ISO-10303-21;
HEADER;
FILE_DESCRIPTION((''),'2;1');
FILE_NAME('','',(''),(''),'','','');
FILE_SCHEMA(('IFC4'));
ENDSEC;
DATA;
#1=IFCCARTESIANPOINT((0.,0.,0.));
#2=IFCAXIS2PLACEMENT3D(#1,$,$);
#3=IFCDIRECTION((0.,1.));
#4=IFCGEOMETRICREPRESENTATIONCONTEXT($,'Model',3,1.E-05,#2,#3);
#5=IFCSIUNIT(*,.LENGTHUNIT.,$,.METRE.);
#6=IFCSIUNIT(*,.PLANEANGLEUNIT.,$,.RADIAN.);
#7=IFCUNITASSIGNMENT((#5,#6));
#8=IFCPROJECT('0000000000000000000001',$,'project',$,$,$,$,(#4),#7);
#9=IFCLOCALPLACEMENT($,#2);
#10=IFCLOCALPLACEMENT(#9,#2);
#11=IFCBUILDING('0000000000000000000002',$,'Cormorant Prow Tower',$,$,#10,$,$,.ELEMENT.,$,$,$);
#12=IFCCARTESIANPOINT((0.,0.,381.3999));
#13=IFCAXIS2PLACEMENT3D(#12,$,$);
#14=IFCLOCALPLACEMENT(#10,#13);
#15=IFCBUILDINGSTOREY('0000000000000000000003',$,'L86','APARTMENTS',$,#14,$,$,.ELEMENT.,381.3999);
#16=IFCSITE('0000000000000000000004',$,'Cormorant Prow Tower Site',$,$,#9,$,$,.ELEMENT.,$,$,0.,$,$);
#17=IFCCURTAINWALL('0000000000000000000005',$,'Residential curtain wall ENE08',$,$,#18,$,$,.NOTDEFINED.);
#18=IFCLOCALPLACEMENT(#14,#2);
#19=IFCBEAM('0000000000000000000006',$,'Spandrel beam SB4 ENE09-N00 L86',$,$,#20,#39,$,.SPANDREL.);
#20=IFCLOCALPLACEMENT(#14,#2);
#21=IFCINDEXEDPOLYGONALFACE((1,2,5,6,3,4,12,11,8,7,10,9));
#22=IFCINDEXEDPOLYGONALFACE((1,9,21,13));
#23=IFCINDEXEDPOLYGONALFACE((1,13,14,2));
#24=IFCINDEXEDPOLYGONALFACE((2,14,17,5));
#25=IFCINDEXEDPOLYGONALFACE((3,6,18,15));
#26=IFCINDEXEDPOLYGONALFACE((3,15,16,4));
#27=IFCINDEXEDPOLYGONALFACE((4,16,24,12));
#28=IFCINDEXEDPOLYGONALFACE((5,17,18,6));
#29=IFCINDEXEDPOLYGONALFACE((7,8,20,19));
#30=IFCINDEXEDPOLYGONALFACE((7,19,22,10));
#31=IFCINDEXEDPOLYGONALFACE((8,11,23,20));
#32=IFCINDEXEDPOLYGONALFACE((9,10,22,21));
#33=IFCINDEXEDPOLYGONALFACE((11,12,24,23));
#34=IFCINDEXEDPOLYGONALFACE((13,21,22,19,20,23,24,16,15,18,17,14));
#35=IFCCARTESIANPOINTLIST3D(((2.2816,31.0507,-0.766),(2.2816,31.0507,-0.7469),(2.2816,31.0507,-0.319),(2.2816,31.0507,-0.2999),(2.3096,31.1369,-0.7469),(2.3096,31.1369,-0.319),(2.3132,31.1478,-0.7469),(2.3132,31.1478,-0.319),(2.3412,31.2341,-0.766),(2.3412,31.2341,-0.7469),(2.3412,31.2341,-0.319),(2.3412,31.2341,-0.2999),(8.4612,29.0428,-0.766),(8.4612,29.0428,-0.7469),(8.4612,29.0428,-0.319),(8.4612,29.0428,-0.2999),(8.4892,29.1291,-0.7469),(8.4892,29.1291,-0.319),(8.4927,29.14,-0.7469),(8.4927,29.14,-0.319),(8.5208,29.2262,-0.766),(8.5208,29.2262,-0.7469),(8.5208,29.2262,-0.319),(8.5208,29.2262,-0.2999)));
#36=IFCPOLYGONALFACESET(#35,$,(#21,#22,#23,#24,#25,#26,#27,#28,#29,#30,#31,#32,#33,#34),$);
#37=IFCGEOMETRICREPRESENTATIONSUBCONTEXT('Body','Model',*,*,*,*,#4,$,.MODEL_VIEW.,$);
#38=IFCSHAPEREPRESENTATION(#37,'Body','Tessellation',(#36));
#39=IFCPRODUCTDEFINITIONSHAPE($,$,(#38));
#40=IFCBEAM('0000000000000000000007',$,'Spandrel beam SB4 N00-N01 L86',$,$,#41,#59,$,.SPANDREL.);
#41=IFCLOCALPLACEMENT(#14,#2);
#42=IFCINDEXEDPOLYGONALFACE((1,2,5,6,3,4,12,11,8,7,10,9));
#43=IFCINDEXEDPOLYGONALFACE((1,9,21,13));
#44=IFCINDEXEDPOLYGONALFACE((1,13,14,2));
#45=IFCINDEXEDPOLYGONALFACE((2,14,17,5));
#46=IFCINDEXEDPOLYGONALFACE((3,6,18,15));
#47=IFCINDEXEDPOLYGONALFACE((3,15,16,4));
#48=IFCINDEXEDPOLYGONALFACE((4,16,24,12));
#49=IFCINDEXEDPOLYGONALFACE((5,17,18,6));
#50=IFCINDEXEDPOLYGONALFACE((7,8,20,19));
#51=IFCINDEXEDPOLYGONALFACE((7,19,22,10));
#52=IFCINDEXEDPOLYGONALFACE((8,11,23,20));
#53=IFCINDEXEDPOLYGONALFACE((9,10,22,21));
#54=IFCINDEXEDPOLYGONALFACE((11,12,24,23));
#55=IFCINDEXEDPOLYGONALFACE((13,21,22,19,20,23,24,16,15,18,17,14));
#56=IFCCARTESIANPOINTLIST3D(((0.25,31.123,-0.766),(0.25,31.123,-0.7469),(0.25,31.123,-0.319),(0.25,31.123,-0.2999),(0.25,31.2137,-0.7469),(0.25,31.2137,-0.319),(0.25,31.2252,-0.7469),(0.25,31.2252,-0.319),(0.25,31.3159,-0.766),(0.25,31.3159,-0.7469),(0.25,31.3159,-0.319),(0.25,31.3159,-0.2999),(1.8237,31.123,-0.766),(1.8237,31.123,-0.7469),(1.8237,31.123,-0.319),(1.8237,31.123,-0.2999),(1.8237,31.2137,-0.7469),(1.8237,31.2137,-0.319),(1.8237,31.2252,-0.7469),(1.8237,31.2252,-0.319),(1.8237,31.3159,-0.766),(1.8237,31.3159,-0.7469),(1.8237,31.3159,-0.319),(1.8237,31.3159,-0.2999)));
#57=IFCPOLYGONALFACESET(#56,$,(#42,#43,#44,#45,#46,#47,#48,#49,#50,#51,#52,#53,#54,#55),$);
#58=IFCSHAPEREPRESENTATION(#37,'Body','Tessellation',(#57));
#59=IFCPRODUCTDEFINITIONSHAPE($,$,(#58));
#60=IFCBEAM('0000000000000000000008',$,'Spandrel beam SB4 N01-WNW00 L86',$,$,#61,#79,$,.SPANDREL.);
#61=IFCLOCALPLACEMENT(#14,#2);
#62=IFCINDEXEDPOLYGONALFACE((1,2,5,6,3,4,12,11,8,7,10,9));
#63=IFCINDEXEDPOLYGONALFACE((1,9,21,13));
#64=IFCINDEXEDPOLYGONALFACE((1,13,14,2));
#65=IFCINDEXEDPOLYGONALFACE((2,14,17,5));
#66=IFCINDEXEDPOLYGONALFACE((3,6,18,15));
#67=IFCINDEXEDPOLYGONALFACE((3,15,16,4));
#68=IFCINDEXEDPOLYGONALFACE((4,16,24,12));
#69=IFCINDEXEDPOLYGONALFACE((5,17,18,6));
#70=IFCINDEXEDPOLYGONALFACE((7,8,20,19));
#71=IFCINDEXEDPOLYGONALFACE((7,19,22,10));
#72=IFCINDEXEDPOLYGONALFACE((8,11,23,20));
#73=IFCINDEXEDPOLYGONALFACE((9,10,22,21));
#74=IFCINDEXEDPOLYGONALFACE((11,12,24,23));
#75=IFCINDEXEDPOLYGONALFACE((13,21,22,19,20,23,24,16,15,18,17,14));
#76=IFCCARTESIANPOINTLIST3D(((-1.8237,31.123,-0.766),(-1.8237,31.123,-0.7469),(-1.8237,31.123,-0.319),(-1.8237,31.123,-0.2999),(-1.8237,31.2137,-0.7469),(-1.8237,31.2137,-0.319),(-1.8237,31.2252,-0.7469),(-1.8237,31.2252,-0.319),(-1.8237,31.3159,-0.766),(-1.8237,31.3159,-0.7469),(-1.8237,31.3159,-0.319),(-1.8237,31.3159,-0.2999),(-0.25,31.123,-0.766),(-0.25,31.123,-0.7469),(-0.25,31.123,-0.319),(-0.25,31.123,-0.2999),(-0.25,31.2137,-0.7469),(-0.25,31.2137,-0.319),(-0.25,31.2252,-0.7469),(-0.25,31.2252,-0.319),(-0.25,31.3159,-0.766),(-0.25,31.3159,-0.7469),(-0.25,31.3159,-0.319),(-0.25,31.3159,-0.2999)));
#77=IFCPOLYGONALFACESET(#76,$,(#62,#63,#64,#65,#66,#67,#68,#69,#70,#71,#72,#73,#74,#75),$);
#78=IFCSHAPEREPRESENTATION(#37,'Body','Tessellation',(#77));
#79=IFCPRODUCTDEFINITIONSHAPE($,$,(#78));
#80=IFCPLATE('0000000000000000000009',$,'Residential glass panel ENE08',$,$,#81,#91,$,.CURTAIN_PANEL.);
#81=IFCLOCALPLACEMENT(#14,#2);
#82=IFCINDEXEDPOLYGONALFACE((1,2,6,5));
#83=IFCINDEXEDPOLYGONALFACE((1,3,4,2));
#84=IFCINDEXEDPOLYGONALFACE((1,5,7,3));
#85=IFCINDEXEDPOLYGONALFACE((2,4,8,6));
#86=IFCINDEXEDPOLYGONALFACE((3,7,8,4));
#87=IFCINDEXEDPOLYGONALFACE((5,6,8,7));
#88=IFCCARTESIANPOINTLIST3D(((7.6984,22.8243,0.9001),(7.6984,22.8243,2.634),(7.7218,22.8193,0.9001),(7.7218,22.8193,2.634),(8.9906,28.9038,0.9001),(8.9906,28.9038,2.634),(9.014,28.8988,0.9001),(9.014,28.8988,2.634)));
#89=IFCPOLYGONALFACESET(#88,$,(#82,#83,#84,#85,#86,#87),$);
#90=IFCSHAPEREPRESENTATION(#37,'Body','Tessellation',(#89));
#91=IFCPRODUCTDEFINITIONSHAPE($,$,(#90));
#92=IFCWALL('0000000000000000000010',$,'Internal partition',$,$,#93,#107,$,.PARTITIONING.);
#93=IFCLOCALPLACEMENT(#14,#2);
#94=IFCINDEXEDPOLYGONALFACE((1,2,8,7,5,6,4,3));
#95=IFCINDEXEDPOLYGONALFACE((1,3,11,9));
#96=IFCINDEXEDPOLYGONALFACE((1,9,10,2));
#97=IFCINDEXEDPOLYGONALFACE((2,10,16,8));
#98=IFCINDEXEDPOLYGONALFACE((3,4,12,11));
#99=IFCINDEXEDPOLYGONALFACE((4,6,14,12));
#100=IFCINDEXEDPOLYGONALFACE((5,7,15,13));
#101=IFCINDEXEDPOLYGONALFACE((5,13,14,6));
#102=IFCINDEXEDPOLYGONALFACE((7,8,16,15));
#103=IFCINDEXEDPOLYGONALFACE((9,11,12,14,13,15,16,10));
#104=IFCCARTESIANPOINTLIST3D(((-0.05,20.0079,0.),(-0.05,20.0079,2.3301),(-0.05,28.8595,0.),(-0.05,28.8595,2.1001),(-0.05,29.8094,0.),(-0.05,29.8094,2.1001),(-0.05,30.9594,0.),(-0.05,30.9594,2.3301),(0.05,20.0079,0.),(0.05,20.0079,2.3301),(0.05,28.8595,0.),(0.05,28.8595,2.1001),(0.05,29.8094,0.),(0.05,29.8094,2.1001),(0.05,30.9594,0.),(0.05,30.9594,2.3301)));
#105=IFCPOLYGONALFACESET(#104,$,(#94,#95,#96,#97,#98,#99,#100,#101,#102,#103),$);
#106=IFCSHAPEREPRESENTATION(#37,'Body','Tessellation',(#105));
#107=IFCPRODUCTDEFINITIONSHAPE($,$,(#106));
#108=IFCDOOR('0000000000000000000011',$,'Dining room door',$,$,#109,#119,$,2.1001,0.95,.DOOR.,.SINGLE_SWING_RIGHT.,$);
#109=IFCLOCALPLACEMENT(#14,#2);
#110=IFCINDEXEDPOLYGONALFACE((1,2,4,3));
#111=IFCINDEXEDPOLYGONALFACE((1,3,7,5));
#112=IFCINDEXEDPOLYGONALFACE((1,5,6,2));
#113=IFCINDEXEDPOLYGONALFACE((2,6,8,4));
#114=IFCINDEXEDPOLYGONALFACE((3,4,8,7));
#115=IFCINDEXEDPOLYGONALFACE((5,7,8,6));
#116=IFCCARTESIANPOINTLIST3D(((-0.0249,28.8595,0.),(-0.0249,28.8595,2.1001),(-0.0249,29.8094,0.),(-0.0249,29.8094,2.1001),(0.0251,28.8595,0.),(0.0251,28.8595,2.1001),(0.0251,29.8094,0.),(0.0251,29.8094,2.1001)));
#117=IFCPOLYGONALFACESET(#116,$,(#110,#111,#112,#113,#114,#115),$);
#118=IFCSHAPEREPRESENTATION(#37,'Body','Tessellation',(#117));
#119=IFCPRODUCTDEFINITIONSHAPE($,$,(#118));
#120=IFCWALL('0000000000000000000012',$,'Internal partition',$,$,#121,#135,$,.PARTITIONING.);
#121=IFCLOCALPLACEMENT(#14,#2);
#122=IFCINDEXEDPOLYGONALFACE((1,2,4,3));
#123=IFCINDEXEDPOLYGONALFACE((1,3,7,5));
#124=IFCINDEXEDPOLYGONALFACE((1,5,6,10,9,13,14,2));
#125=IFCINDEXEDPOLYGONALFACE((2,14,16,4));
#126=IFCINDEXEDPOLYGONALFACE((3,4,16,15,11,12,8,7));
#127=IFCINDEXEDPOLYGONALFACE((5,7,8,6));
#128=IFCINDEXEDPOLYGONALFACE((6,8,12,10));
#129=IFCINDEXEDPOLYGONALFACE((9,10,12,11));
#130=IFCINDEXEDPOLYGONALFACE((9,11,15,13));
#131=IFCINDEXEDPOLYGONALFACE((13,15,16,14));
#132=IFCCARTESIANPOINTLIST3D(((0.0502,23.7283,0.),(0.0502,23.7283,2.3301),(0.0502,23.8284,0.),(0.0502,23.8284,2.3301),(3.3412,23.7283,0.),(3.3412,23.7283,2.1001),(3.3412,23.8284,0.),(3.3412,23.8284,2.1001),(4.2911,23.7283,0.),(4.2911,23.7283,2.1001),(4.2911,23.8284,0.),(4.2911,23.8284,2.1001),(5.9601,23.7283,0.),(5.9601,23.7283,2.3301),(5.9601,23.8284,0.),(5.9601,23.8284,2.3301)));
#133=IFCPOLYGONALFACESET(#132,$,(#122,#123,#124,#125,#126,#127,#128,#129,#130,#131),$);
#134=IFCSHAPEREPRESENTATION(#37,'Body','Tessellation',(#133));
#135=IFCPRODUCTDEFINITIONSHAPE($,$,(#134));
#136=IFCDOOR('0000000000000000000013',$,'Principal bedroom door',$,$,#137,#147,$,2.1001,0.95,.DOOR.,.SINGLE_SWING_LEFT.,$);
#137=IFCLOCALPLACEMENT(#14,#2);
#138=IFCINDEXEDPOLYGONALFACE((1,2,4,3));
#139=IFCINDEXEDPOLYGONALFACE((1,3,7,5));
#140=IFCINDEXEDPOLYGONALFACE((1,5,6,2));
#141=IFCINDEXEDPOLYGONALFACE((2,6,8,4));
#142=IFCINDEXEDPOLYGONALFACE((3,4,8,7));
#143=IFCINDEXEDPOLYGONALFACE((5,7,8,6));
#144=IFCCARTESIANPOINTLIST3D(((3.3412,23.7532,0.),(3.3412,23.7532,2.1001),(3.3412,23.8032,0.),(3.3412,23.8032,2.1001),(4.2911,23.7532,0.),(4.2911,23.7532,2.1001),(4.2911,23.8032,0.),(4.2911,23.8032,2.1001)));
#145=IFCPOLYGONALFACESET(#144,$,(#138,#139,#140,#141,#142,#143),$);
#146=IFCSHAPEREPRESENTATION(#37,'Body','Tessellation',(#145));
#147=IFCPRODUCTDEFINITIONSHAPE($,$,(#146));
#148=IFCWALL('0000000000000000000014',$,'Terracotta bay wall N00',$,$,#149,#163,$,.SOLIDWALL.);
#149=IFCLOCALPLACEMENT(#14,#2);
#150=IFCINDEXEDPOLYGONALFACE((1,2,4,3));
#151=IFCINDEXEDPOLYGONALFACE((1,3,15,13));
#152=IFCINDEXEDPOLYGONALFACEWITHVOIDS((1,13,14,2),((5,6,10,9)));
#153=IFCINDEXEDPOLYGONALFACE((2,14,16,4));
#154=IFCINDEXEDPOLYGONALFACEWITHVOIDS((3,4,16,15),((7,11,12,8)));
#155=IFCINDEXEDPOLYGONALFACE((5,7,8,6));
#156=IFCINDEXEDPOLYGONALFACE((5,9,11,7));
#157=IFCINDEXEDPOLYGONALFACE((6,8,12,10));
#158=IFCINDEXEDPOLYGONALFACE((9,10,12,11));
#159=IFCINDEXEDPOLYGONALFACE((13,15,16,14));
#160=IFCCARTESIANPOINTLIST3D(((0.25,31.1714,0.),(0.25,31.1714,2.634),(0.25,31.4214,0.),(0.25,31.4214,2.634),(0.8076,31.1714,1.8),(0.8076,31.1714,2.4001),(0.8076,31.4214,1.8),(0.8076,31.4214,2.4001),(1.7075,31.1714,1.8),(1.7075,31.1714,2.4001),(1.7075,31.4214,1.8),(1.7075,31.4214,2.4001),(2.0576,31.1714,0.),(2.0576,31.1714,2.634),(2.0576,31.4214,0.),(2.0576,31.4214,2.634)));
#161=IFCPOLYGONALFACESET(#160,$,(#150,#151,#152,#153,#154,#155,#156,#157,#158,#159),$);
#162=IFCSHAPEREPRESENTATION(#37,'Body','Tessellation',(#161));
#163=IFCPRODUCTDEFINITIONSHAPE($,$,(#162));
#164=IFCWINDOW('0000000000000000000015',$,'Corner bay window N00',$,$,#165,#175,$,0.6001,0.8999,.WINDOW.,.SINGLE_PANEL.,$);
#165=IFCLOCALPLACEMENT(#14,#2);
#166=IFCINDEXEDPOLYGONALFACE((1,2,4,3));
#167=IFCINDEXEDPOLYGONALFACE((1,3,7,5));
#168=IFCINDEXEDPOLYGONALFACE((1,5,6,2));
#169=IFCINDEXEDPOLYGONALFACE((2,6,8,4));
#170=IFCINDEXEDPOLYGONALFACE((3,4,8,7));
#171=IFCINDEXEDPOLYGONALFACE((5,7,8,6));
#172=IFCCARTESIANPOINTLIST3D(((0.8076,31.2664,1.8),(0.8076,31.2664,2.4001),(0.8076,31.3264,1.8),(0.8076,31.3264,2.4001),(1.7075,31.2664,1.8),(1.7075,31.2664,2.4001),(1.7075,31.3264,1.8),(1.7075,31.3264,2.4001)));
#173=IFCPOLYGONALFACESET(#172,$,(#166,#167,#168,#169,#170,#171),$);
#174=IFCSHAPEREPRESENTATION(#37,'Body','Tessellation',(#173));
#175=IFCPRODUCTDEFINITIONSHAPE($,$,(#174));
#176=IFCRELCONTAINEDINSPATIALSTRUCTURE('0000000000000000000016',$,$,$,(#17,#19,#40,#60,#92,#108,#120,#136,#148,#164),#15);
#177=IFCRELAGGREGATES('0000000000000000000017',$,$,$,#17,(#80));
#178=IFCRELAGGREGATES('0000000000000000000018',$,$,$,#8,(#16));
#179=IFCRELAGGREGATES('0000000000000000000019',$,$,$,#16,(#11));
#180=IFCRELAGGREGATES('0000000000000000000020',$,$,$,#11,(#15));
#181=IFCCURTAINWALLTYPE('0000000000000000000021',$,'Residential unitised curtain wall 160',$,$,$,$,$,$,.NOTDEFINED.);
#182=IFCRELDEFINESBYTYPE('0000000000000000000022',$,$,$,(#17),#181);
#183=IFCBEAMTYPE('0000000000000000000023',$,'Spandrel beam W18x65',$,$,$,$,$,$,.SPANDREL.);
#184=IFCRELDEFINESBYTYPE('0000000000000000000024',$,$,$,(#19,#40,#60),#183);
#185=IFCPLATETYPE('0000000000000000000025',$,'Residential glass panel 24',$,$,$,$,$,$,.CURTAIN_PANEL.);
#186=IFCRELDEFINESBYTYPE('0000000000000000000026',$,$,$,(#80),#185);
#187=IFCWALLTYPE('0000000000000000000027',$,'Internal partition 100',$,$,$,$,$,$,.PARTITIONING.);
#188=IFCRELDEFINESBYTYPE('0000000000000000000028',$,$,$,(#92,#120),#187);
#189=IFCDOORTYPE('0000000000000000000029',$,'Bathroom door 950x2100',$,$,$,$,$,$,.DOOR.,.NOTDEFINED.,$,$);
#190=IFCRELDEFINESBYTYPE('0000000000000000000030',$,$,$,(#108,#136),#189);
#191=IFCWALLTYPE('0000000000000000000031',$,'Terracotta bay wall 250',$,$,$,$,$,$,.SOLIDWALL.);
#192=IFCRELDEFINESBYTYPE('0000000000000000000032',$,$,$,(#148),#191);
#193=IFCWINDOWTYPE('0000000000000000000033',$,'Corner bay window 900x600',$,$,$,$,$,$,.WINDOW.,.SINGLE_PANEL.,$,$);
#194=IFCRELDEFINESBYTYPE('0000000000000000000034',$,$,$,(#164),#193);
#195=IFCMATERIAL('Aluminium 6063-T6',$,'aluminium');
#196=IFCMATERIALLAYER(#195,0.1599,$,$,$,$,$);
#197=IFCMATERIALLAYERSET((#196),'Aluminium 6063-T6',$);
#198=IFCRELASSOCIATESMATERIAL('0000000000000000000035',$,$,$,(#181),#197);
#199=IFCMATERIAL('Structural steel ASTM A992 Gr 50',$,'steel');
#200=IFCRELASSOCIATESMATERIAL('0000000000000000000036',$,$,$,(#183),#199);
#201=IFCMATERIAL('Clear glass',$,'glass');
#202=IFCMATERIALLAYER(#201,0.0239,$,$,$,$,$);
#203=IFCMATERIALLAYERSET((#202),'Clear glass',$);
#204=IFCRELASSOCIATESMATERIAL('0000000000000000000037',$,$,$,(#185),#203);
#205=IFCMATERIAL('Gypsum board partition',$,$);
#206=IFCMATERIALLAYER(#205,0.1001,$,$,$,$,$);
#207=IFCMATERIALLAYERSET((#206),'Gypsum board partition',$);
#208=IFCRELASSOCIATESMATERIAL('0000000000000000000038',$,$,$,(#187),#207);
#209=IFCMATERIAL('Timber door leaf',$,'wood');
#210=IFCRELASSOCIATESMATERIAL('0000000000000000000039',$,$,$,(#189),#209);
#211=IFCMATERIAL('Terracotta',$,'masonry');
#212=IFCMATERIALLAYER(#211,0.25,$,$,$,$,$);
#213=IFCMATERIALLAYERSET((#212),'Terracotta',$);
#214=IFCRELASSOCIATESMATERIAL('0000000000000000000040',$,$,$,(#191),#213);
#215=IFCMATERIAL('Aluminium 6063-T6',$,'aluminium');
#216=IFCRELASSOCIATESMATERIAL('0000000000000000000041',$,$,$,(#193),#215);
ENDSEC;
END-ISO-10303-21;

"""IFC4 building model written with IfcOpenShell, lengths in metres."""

from ifc_helpers import new_model, si_unit, direction, frame, frame_2d, origin, origin_2d, place, context, subcontext, project, spatial, rectangle, i_section, extrude, material, layer, layer_set, material_profile, profile_set, type_object, element, fill, aggregate, save


model = new_model("IFC4")

# Units and contexts
model_context = context("Model", 3, precision=1e-05, world=origin(), true_north=direction((0.0, 1.0)))
body_context = subcontext(model_context, "Body", "Model", "MODEL_VIEW")
ifc_project = project(units=[si_unit("LENGTHUNIT", "METRE"), si_unit("PLANEANGLEUNIT", "RADIAN")], contexts=[model_context])

# Site, building, storey
site_placement = place(None, origin())
site = spatial("IfcSite", under=ifc_project, at=site_placement, Name="Cormorant Prow Tower Site", CompositionType="ELEMENT", RefElevation=0.0)
building_placement = place(site_placement, origin())
building = spatial("IfcBuilding", under=site, at=building_placement, Name="Cormorant Prow Tower", CompositionType="ELEMENT")
storey_placement = place(building_placement, frame((0.0, 0.0, 381.3999)))
storey = spatial("IfcBuildingStorey", under=building, at=storey_placement, Name="L86", Description="APARTMENTS", CompositionType="ELEMENT", Elevation=381.3999)

# Curtain wall
ifc_material_1 = material(Name="Aluminium 6063-T6", Category="aluminium")
ifc_layer_1 = layer(ifc_material_1, 0.1599)
ifc_layer_set_1 = layer_set([ifc_layer_1], Name="Aluminium 6063-T6")
curtain_wall_type = type_object("IfcCurtainWallType", Name="Residential unitised curtain wall 160", PredefinedType="NOTDEFINED", material=ifc_layer_set_1)
curtain_wall_placement = place(storey_placement, origin())
curtain_wall = element("IfcCurtainWall", 1, at=curtain_wall_placement, inside=storey, type_object=curtain_wall_type, Name="Residential curtain wall ENE08", PredefinedType="NOTDEFINED")

# Beams
ifc_material_2 = material(Name="Structural steel ASTM A992 Gr 50", Category="steel")
ifc_material_profile_1 = material_profile(ifc_material_2, i_section(OverallWidth=0.1929, OverallDepth=0.4661, WebThickness=0.0115, FlangeThickness=0.019, at=origin_2d()), Name="W18x65")
ifc_profile_set_1 = profile_set([ifc_material_profile_1], Name="Structural steel ASTM A992 Gr 50")
beam_type = type_object("IfcBeamType", Name="Spandrel beam W18x65", PredefinedType="SPANDREL", material=ifc_profile_set_1)
for number, where, z_axis, x_axis, name in (
    (2, (8.491, 29.1345, -0.533), (-0.951057, 0.309016, 0.0), (-0.309016, -0.951057, 0.0), "Spandrel beam SB4 ENE09-N00 L86"),
):
    element("IfcBeam", number, at=place(storey_placement, frame(where, z_axis=z_axis, x_axis=x_axis)), inside=storey, type_object=beam_type, Name=name, PredefinedType="SPANDREL", context=body_context, shape_type="SweptSolid", body=[
        extrude(i_section(OverallWidth=0.1929, OverallDepth=0.4661, WebThickness=0.0115, FlangeThickness=0.019, at=origin_2d()), origin(), (0.0, 0.0, 1.0), 6.4976),
    ])
for number, where, z_axis, x_axis, name in (
    (3, (1.8237, 31.2195, -0.533), (-1.0, 0.0, 0.0), (0.0, -1.0, 0.0), "Spandrel beam SB4 N00-N01 L86"),
    (4, (-0.25, 31.2195, -0.533), (-1.0, 0.0, 0.0), (0.0, -1.0, 0.0), "Spandrel beam SB4 N01-WNW00 L86"),
):
    element("IfcBeam", number, at=place(storey_placement, frame(where, z_axis=z_axis, x_axis=x_axis)), inside=storey, type_object=beam_type, Name=name, PredefinedType="SPANDREL", context=body_context, shape_type="SweptSolid", body=[
        extrude(i_section(OverallWidth=0.1929, OverallDepth=0.4661, WebThickness=0.0115, FlangeThickness=0.019, at=origin_2d()), origin(), (0.0, 0.0, 1.0), 1.5737),
    ])

# Plate
ifc_material_3 = material(Name="Clear glass", Category="glass")
ifc_layer_2 = layer(ifc_material_3, 0.0239)
ifc_layer_set_2 = layer_set([ifc_layer_2], Name="Clear glass")
plate_type = type_object("IfcPlateType", Name="Residential glass panel 24", PredefinedType="CURTAIN_PANEL", material=ifc_layer_set_2)
plate_placement = place(storey_placement, frame((8.3562, 25.8616, 0.9001), z_axis=(0.0, 0.0, 1.0), x_axis=(0.207912, 0.978148, 0.0)))
plate = element("IfcPlate", 5, at=plate_placement, type_object=plate_type, Name="Residential glass panel ENE08", PredefinedType="CURTAIN_PANEL", context=body_context, shape_type="SweptSolid", body=[
    extrude(rectangle(XDim=6.2153, YDim=0.0239, at=origin_2d()), origin(), (0.0, 0.0, 1.0), 1.7339),
])
aggregate(curtain_wall, [plate])

# Walls, openings, doors
ifc_material_4 = material(Name="Gypsum board partition")
ifc_layer_3 = layer(ifc_material_4, 0.1001)
ifc_layer_set_3 = layer_set([ifc_layer_3], Name="Gypsum board partition")
wall_type_1 = type_object("IfcWallType", Name="Internal partition 100", PredefinedType="PARTITIONING", material=ifc_layer_set_3)
wall_1_placement = place(storey_placement, frame((0.0, 20.0081, 0.0), z_axis=(0.0, 0.0, 1.0), x_axis=(0.0, 1.0, 0.0)))
wall_1 = element("IfcWall", 6, at=wall_1_placement, inside=storey, type_object=wall_type_1, Name="Internal partition", PredefinedType="PARTITIONING", context=body_context, shape_type="SweptSolid", body=[
    extrude(rectangle(XDim=10.9514, YDim=0.1001, at=frame_2d((5.4756, 0.0))), origin(), (0.0, 0.0, 1.0), 2.3301),
])
opening_1_placement = place(wall_1_placement, frame((8.8513, 0.0, 0.0)))
opening_1 = element("IfcOpeningElement", 7, at=opening_1_placement, cuts=wall_1, PredefinedType="OPENING", context=body_context, shape_type="SweptSolid", body=[
    extrude(rectangle(XDim=0.95, YDim=2.1001, at=frame_2d((0.4751, 1.05))), frame((0.0, 0.0601, 0.0), z_axis=(0.0, -1.0, 0.0), x_axis=(1.0, 0.0, 0.0)), (0.0, 0.0, 1.0), 0.1201),
])
ifc_material_5 = material(Name="Timber door leaf", Category="wood")
door_type_1 = type_object("IfcDoorType", Name="Bathroom door 950x2100", OperationType="NOTDEFINED", PredefinedType="DOOR", material=ifc_material_5)
door_1_placement = place(opening_1_placement, origin())
door_1 = element("IfcDoor", 8, at=door_1_placement, inside=storey, type_object=door_type_1, Name="Dining room door", OperationType="SINGLE_SWING_RIGHT", OverallHeight=2.1001, OverallWidth=0.95, PredefinedType="DOOR", context=body_context, shape_type="SweptSolid", body=[
    extrude(rectangle(XDim=0.95, YDim=2.1001, at=frame_2d((0.4751, 1.05))), frame((0.0, 0.0249, 0.0), z_axis=(0.0, -1.0, 0.0), x_axis=(1.0, 0.0, 0.0)), (0.0, 0.0, 1.0), 0.05),
])
fill(opening_1, door_1)
wall_2_placement = place(storey_placement, frame((0.05, 23.7783, 0.0), z_axis=(0.0, 0.0, 1.0), x_axis=(1.0, 0.0, 0.0)))
wall_2 = element("IfcWall", 9, at=wall_2_placement, inside=storey, type_object=wall_type_1, Name="Internal partition", PredefinedType="PARTITIONING", context=body_context, shape_type="SweptSolid", body=[
    extrude(rectangle(XDim=5.9099, YDim=0.1001, at=frame_2d((2.9551, 0.0))), origin(), (0.0, 0.0, 1.0), 2.3301),
])
opening_2_placement = place(wall_2_placement, frame((3.291, 0.0, 0.0)))
opening_2 = element("IfcOpeningElement", 10, at=opening_2_placement, cuts=wall_2, PredefinedType="OPENING", context=body_context, shape_type="SweptSolid", body=[
    extrude(rectangle(XDim=0.95, YDim=2.1001, at=frame_2d((0.4751, 1.05))), frame((0.0, 0.0601, 0.0), z_axis=(0.0, -1.0, 0.0), x_axis=(1.0, 0.0, 0.0)), (0.0, 0.0, 1.0), 0.1201),
])
door_2_placement = place(opening_2_placement, origin())
door_2 = element("IfcDoor", 11, at=door_2_placement, inside=storey, type_object=door_type_1, Name="Principal bedroom door", OperationType="SINGLE_SWING_LEFT", OverallHeight=2.1001, OverallWidth=0.95, PredefinedType="DOOR", context=body_context, shape_type="SweptSolid", body=[
    extrude(rectangle(XDim=0.95, YDim=2.1001, at=frame_2d((0.4751, 1.05))), frame((0.0, 0.0249, 0.0), z_axis=(0.0, -1.0, 0.0), x_axis=(1.0, 0.0, 0.0)), (0.0, 0.0, 1.0), 0.05),
])
fill(opening_2, door_2)

# Wall, opening, window
ifc_material_6 = material(Name="Terracotta", Category="masonry")
ifc_layer_4 = layer(ifc_material_6, 0.25)
ifc_layer_set_4 = layer_set([ifc_layer_4], Name="Terracotta")
wall_type_2 = type_object("IfcWallType", Name="Terracotta bay wall 250", PredefinedType="SOLIDWALL", material=ifc_layer_set_4)
wall_3_placement = place(storey_placement, frame((2.0576, 31.2964, 0.0), z_axis=(0.0, 0.0, 1.0), x_axis=(-1.0, 0.0, 0.0)))
wall_3 = element("IfcWall", 12, at=wall_3_placement, inside=storey, type_object=wall_type_2, Name="Terracotta bay wall N00", PredefinedType="SOLIDWALL", context=body_context, shape_type="SweptSolid", body=[
    extrude(rectangle(XDim=1.8076, YDim=0.25, at=frame_2d((0.9038, 0.0))), origin(), (0.0, 0.0, 1.0), 2.634),
])
opening_3_placement = place(wall_3_placement, frame((0.3501, 0.0, 1.8)))
opening_3 = element("IfcOpeningElement", 13, at=opening_3_placement, cuts=wall_3, PredefinedType="OPENING", context=body_context, shape_type="SweptSolid", body=[
    extrude(rectangle(XDim=0.8999, YDim=0.6001, at=frame_2d((0.45, 0.3))), frame((0.0, 0.135, 0.0), z_axis=(0.0, -1.0, 0.0), x_axis=(1.0, 0.0, 0.0)), (0.0, 0.0, 1.0), 0.27),
])
ifc_material_7 = material(Name="Aluminium 6063-T6", Category="aluminium")
window_type = type_object("IfcWindowType", Name="Corner bay window 900x600", PartitioningType="SINGLE_PANEL", PredefinedType="WINDOW", material=ifc_material_7)
window_placement = place(opening_3_placement, origin())
window = element("IfcWindow", 14, at=window_placement, inside=storey, type_object=window_type, Name="Corner bay window N00", OverallHeight=0.6001, OverallWidth=0.8999, PartitioningType="SINGLE_PANEL", PredefinedType="WINDOW", context=body_context, shape_type="SweptSolid", body=[
    extrude(rectangle(XDim=0.8999, YDim=0.6001, at=frame_2d((0.45, 0.3))), frame((0.0, 0.03, 0.0), z_axis=(0.0, -1.0, 0.0), x_axis=(1.0, 0.0, 0.0)), (0.0, 0.0, 1.0), 0.0601),
])
fill(opening_3, window)

save(model, "model.ifc")
